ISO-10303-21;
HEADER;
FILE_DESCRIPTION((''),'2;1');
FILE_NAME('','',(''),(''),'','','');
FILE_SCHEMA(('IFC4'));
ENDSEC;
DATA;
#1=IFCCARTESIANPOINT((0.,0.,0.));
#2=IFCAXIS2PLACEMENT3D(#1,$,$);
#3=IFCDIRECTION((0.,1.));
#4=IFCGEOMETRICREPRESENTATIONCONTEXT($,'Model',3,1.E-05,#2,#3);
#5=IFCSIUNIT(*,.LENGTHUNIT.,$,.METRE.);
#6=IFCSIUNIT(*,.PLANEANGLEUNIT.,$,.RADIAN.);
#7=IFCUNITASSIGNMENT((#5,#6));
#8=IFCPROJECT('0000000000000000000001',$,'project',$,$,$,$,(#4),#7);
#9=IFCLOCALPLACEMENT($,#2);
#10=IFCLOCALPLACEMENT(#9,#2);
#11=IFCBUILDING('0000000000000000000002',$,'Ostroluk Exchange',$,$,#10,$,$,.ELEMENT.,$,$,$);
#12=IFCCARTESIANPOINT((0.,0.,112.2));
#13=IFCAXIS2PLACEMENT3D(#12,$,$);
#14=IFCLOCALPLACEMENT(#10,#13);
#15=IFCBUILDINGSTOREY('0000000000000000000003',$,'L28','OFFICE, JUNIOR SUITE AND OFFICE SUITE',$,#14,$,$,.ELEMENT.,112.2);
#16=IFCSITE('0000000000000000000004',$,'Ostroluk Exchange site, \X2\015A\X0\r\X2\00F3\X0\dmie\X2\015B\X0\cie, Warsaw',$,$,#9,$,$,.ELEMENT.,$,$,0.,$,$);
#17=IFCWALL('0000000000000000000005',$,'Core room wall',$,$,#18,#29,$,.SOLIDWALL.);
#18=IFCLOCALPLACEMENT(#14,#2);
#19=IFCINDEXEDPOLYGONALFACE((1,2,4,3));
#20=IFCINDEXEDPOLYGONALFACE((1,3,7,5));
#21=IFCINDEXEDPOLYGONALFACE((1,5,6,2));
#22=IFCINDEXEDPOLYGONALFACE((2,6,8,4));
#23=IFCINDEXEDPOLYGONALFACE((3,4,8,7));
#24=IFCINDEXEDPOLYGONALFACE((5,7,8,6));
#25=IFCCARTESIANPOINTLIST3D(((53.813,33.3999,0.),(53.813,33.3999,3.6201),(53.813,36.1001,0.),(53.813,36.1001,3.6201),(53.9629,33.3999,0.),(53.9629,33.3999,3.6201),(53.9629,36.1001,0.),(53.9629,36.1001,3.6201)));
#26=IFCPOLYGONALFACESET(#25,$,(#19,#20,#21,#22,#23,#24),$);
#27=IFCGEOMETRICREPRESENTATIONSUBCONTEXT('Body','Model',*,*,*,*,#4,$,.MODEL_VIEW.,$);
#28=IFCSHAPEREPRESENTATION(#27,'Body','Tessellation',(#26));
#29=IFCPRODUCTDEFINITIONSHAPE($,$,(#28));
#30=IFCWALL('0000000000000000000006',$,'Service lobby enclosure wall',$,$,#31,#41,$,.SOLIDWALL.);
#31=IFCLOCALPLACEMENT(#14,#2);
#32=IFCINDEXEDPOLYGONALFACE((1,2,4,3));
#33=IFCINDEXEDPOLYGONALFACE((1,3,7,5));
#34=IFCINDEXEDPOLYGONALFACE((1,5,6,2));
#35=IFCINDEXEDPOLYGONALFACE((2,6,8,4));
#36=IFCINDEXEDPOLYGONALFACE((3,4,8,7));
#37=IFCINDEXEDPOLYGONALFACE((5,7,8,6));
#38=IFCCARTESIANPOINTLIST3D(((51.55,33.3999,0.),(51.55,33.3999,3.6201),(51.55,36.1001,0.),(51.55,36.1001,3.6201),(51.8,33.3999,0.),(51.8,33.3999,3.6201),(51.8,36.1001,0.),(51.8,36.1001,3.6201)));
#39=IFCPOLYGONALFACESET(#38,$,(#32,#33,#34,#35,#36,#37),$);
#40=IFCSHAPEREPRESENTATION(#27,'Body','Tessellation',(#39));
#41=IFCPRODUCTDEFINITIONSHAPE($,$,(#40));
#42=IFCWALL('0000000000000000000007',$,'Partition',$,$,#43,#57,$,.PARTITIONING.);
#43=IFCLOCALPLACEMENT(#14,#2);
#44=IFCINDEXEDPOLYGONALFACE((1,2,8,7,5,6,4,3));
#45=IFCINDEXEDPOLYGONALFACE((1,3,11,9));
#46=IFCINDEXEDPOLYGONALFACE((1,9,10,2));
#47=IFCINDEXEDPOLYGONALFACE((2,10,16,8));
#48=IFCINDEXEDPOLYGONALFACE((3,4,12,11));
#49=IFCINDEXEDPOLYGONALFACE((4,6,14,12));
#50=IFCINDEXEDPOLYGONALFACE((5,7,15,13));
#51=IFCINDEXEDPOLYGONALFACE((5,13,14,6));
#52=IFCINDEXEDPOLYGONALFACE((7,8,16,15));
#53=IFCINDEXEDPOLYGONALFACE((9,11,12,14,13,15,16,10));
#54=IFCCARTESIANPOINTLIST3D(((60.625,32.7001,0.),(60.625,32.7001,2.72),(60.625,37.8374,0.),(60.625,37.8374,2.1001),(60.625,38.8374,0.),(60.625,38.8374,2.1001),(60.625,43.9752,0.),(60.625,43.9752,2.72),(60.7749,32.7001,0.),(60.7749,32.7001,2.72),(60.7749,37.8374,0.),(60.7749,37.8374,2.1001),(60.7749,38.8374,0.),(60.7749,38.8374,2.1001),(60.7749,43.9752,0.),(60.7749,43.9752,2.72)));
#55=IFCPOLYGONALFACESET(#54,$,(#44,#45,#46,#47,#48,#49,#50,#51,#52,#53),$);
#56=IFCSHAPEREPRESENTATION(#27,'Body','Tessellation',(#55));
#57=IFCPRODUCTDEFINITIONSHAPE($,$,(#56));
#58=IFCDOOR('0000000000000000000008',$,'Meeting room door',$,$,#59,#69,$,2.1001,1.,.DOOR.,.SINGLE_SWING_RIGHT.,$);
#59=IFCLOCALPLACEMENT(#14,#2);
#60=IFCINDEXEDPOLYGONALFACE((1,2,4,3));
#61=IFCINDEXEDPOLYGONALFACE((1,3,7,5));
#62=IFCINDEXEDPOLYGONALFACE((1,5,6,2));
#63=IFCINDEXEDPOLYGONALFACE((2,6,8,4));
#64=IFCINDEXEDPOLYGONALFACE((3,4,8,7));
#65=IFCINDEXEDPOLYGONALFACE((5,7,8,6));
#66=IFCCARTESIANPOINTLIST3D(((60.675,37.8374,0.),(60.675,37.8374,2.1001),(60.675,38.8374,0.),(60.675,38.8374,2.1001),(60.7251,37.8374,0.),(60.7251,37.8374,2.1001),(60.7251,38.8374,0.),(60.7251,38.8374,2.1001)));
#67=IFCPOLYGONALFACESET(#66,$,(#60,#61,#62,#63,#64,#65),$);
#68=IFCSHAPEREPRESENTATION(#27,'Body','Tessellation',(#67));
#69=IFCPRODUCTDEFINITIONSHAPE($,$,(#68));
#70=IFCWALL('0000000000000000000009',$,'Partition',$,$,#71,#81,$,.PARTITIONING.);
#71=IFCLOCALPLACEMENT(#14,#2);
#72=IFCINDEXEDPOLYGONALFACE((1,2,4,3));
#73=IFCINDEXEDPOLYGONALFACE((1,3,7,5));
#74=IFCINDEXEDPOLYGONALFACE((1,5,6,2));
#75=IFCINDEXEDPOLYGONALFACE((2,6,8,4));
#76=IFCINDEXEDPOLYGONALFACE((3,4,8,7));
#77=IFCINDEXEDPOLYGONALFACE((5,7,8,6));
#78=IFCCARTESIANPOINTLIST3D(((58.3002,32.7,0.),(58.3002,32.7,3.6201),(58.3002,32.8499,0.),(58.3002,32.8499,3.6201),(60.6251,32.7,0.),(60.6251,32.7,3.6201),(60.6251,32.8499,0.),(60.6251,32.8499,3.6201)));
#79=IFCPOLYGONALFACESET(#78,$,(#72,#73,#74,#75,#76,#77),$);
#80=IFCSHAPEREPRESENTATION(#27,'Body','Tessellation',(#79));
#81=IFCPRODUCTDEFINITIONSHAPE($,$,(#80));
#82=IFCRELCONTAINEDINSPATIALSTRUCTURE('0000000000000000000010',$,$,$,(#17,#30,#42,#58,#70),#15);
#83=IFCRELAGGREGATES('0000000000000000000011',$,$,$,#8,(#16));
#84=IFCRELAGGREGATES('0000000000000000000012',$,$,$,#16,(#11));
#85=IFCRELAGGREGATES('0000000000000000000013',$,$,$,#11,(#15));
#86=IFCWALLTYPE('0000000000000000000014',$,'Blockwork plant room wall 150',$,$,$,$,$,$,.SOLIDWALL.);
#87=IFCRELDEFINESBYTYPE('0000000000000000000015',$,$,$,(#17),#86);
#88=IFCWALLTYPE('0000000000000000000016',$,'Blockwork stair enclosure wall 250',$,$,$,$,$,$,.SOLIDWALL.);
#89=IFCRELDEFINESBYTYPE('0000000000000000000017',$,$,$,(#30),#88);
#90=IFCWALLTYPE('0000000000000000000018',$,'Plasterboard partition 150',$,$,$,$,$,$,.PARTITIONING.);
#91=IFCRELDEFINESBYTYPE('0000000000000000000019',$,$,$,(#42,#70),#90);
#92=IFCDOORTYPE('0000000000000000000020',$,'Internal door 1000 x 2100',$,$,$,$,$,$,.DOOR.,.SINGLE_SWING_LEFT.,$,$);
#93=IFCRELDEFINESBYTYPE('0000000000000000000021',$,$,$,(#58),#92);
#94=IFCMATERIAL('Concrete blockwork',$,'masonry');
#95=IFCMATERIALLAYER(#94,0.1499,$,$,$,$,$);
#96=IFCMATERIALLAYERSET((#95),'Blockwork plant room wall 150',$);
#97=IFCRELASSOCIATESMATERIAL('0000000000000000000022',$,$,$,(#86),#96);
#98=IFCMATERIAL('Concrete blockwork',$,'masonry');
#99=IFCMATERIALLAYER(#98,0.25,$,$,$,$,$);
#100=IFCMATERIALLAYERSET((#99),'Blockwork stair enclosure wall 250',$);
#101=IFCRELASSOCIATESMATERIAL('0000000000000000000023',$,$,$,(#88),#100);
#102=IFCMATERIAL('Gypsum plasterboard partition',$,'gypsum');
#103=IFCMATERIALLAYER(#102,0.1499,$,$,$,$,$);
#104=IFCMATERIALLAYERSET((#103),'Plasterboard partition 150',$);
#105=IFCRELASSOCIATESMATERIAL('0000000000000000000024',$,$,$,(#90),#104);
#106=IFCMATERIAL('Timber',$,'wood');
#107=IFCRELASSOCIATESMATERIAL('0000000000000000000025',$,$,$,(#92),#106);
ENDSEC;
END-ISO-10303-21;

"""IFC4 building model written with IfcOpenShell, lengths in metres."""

from ifc_helpers import new_model, si_unit, direction, frame, frame_2d, origin, place, context, subcontext, project, spatial, rectangle, extrude, material, layer, layer_set, type_object, element, fill, save


model = new_model("IFC4")

# Units and contexts
model_context = context("Model", 3, precision=1e-05, world=origin(), true_north=direction((0.0, 1.0)))
body_context = subcontext(model_context, "Body", "Model", "MODEL_VIEW")
ifc_project = project(units=[si_unit("LENGTHUNIT", "METRE"), si_unit("PLANEANGLEUNIT", "RADIAN")], contexts=[model_context])

# Site, building, storey
site_placement = place(None, origin())
site = spatial("IfcSite", under=ifc_project, at=site_placement, Name="Ostroluk Exchange site, Śródmieście, Warsaw", CompositionType="ELEMENT", RefElevation=0.0)
building_placement = place(site_placement, origin())
building = spatial("IfcBuilding", under=site, at=building_placement, Name="Ostroluk Exchange", CompositionType="ELEMENT")
storey_placement = place(building_placement, frame((0.0, 0.0, 112.2)))
storey = spatial("IfcBuildingStorey", under=building, at=storey_placement, Name="L28", Description="OFFICE, JUNIOR SUITE AND OFFICE SUITE", CompositionType="ELEMENT", Elevation=112.2)

# Walls
ifc_material_1 = material(Name="Concrete blockwork", Category="masonry")
ifc_layer_1 = layer(ifc_material_1, 0.1499)
ifc_layer_set_1 = layer_set([ifc_layer_1], Name="Blockwork plant room wall 150")
wall_type_1 = type_object("IfcWallType", Name="Blockwork plant room wall 150", PredefinedType="SOLIDWALL", material=ifc_layer_set_1)
wall_1_placement = place(storey_placement, frame((53.8879, 33.3999, 0.0), z_axis=(0.0, 0.0, 1.0), x_axis=(0.0, 1.0, 0.0)))
element("IfcWall", 1, at=wall_1_placement, inside=storey, type_object=wall_type_1, Name="Core room wall", PredefinedType="SOLIDWALL", context=body_context, shape_type="SweptSolid", body=[
    extrude(rectangle(XDim=2.7002, YDim=0.1499, at=frame_2d((1.3501, 0.0))), origin(), (0.0, 0.0, 1.0), 3.6201),
])
ifc_material_2 = material(Name="Concrete blockwork", Category="masonry")
ifc_layer_2 = layer(ifc_material_2, 0.25)
ifc_layer_set_2 = layer_set([ifc_layer_2], Name="Blockwork stair enclosure wall 250")
wall_type_2 = type_object("IfcWallType", Name="Blockwork stair enclosure wall 250", PredefinedType="SOLIDWALL", material=ifc_layer_set_2)
wall_2_placement = place(storey_placement, frame((51.675, 33.3999, 0.0), z_axis=(0.0, 0.0, 1.0), x_axis=(0.0, 1.0, 0.0)))
element("IfcWall", 2, at=wall_2_placement, inside=storey, type_object=wall_type_2, Name="Service lobby enclosure wall", PredefinedType="SOLIDWALL", context=body_context, shape_type="SweptSolid", body=[
    extrude(rectangle(XDim=2.7002, YDim=0.25, at=frame_2d((1.3501, 0.0))), origin(), (0.0, 0.0, 1.0), 3.6201),
])

# Wall, opening, door
ifc_material_3 = material(Name="Gypsum plasterboard partition", Category="gypsum")
ifc_layer_3 = layer(ifc_material_3, 0.1499)
ifc_layer_set_3 = layer_set([ifc_layer_3], Name="Plasterboard partition 150")
wall_type_3 = type_object("IfcWallType", Name="Plasterboard partition 150", PredefinedType="PARTITIONING", material=ifc_layer_set_3)
wall_3_placement = place(storey_placement, frame((60.7, 32.7, 0.0), z_axis=(0.0, 0.0, 1.0), x_axis=(0.0, 1.0, 0.0)))
wall_3 = element("IfcWall", 3, at=wall_3_placement, inside=storey, type_object=wall_type_3, Name="Partition", PredefinedType="PARTITIONING", context=body_context, shape_type="SweptSolid", body=[
    extrude(rectangle(XDim=11.2751, YDim=0.1499, at=frame_2d((5.6377, 0.0))), origin(), (0.0, 0.0, 1.0), 2.72),
])
opening_1_placement = place(wall_3_placement, frame((5.1375, 0.0, 0.0)))
opening_1 = element("IfcOpeningElement", 4, at=opening_1_placement, cuts=wall_3, PredefinedType="OPENING", context=body_context, shape_type="SweptSolid", body=[
    extrude(rectangle(XDim=1.0, YDim=2.1001, at=frame_2d((0.5, 1.05))), frame((0.0, 0.085, 0.0), z_axis=(0.0, -1.0, 0.0), x_axis=(1.0, 0.0, 0.0)), (0.0, 0.0, 1.0), 0.1699),
])
ifc_material_4 = material(Name="Timber", Category="wood")
door_type_1 = type_object("IfcDoorType", Name="Internal door 1000 x 2100", OperationType="SINGLE_SWING_LEFT", PredefinedType="DOOR", material=ifc_material_4)
door_1_placement = place(opening_1_placement, origin())
door_1 = element("IfcDoor", 5, at=door_1_placement, inside=storey, type_object=door_type_1, Name="Meeting room door", OperationType="SINGLE_SWING_RIGHT", OverallHeight=2.1001, OverallWidth=1.0, PredefinedType="DOOR", context=body_context, shape_type="SweptSolid", body=[
    extrude(rectangle(XDim=1.0, YDim=2.1001, at=frame_2d((0.5, 1.05))), frame((0.0, 0.0249, 0.0), z_axis=(0.0, -1.0, 0.0), x_axis=(1.0, 0.0, 0.0)), (0.0, 0.0, 1.0), 0.05),
])
fill(opening_1, door_1)

# Wall
wall_4_placement = place(storey_placement, frame((58.3, 32.7749, 0.0), z_axis=(0.0, 0.0, 1.0), x_axis=(1.0, 0.0, 0.0)))
element("IfcWall", 6, at=wall_4_placement, inside=storey, type_object=wall_type_3, Name="Partition", PredefinedType="PARTITIONING", context=body_context, shape_type="SweptSolid", body=[
    extrude(rectangle(XDim=2.325, YDim=0.1499, at=frame_2d((1.1626, 0.0))), origin(), (0.0, 0.0, 1.0), 3.6201),
])

save(model, "model.ifc")
